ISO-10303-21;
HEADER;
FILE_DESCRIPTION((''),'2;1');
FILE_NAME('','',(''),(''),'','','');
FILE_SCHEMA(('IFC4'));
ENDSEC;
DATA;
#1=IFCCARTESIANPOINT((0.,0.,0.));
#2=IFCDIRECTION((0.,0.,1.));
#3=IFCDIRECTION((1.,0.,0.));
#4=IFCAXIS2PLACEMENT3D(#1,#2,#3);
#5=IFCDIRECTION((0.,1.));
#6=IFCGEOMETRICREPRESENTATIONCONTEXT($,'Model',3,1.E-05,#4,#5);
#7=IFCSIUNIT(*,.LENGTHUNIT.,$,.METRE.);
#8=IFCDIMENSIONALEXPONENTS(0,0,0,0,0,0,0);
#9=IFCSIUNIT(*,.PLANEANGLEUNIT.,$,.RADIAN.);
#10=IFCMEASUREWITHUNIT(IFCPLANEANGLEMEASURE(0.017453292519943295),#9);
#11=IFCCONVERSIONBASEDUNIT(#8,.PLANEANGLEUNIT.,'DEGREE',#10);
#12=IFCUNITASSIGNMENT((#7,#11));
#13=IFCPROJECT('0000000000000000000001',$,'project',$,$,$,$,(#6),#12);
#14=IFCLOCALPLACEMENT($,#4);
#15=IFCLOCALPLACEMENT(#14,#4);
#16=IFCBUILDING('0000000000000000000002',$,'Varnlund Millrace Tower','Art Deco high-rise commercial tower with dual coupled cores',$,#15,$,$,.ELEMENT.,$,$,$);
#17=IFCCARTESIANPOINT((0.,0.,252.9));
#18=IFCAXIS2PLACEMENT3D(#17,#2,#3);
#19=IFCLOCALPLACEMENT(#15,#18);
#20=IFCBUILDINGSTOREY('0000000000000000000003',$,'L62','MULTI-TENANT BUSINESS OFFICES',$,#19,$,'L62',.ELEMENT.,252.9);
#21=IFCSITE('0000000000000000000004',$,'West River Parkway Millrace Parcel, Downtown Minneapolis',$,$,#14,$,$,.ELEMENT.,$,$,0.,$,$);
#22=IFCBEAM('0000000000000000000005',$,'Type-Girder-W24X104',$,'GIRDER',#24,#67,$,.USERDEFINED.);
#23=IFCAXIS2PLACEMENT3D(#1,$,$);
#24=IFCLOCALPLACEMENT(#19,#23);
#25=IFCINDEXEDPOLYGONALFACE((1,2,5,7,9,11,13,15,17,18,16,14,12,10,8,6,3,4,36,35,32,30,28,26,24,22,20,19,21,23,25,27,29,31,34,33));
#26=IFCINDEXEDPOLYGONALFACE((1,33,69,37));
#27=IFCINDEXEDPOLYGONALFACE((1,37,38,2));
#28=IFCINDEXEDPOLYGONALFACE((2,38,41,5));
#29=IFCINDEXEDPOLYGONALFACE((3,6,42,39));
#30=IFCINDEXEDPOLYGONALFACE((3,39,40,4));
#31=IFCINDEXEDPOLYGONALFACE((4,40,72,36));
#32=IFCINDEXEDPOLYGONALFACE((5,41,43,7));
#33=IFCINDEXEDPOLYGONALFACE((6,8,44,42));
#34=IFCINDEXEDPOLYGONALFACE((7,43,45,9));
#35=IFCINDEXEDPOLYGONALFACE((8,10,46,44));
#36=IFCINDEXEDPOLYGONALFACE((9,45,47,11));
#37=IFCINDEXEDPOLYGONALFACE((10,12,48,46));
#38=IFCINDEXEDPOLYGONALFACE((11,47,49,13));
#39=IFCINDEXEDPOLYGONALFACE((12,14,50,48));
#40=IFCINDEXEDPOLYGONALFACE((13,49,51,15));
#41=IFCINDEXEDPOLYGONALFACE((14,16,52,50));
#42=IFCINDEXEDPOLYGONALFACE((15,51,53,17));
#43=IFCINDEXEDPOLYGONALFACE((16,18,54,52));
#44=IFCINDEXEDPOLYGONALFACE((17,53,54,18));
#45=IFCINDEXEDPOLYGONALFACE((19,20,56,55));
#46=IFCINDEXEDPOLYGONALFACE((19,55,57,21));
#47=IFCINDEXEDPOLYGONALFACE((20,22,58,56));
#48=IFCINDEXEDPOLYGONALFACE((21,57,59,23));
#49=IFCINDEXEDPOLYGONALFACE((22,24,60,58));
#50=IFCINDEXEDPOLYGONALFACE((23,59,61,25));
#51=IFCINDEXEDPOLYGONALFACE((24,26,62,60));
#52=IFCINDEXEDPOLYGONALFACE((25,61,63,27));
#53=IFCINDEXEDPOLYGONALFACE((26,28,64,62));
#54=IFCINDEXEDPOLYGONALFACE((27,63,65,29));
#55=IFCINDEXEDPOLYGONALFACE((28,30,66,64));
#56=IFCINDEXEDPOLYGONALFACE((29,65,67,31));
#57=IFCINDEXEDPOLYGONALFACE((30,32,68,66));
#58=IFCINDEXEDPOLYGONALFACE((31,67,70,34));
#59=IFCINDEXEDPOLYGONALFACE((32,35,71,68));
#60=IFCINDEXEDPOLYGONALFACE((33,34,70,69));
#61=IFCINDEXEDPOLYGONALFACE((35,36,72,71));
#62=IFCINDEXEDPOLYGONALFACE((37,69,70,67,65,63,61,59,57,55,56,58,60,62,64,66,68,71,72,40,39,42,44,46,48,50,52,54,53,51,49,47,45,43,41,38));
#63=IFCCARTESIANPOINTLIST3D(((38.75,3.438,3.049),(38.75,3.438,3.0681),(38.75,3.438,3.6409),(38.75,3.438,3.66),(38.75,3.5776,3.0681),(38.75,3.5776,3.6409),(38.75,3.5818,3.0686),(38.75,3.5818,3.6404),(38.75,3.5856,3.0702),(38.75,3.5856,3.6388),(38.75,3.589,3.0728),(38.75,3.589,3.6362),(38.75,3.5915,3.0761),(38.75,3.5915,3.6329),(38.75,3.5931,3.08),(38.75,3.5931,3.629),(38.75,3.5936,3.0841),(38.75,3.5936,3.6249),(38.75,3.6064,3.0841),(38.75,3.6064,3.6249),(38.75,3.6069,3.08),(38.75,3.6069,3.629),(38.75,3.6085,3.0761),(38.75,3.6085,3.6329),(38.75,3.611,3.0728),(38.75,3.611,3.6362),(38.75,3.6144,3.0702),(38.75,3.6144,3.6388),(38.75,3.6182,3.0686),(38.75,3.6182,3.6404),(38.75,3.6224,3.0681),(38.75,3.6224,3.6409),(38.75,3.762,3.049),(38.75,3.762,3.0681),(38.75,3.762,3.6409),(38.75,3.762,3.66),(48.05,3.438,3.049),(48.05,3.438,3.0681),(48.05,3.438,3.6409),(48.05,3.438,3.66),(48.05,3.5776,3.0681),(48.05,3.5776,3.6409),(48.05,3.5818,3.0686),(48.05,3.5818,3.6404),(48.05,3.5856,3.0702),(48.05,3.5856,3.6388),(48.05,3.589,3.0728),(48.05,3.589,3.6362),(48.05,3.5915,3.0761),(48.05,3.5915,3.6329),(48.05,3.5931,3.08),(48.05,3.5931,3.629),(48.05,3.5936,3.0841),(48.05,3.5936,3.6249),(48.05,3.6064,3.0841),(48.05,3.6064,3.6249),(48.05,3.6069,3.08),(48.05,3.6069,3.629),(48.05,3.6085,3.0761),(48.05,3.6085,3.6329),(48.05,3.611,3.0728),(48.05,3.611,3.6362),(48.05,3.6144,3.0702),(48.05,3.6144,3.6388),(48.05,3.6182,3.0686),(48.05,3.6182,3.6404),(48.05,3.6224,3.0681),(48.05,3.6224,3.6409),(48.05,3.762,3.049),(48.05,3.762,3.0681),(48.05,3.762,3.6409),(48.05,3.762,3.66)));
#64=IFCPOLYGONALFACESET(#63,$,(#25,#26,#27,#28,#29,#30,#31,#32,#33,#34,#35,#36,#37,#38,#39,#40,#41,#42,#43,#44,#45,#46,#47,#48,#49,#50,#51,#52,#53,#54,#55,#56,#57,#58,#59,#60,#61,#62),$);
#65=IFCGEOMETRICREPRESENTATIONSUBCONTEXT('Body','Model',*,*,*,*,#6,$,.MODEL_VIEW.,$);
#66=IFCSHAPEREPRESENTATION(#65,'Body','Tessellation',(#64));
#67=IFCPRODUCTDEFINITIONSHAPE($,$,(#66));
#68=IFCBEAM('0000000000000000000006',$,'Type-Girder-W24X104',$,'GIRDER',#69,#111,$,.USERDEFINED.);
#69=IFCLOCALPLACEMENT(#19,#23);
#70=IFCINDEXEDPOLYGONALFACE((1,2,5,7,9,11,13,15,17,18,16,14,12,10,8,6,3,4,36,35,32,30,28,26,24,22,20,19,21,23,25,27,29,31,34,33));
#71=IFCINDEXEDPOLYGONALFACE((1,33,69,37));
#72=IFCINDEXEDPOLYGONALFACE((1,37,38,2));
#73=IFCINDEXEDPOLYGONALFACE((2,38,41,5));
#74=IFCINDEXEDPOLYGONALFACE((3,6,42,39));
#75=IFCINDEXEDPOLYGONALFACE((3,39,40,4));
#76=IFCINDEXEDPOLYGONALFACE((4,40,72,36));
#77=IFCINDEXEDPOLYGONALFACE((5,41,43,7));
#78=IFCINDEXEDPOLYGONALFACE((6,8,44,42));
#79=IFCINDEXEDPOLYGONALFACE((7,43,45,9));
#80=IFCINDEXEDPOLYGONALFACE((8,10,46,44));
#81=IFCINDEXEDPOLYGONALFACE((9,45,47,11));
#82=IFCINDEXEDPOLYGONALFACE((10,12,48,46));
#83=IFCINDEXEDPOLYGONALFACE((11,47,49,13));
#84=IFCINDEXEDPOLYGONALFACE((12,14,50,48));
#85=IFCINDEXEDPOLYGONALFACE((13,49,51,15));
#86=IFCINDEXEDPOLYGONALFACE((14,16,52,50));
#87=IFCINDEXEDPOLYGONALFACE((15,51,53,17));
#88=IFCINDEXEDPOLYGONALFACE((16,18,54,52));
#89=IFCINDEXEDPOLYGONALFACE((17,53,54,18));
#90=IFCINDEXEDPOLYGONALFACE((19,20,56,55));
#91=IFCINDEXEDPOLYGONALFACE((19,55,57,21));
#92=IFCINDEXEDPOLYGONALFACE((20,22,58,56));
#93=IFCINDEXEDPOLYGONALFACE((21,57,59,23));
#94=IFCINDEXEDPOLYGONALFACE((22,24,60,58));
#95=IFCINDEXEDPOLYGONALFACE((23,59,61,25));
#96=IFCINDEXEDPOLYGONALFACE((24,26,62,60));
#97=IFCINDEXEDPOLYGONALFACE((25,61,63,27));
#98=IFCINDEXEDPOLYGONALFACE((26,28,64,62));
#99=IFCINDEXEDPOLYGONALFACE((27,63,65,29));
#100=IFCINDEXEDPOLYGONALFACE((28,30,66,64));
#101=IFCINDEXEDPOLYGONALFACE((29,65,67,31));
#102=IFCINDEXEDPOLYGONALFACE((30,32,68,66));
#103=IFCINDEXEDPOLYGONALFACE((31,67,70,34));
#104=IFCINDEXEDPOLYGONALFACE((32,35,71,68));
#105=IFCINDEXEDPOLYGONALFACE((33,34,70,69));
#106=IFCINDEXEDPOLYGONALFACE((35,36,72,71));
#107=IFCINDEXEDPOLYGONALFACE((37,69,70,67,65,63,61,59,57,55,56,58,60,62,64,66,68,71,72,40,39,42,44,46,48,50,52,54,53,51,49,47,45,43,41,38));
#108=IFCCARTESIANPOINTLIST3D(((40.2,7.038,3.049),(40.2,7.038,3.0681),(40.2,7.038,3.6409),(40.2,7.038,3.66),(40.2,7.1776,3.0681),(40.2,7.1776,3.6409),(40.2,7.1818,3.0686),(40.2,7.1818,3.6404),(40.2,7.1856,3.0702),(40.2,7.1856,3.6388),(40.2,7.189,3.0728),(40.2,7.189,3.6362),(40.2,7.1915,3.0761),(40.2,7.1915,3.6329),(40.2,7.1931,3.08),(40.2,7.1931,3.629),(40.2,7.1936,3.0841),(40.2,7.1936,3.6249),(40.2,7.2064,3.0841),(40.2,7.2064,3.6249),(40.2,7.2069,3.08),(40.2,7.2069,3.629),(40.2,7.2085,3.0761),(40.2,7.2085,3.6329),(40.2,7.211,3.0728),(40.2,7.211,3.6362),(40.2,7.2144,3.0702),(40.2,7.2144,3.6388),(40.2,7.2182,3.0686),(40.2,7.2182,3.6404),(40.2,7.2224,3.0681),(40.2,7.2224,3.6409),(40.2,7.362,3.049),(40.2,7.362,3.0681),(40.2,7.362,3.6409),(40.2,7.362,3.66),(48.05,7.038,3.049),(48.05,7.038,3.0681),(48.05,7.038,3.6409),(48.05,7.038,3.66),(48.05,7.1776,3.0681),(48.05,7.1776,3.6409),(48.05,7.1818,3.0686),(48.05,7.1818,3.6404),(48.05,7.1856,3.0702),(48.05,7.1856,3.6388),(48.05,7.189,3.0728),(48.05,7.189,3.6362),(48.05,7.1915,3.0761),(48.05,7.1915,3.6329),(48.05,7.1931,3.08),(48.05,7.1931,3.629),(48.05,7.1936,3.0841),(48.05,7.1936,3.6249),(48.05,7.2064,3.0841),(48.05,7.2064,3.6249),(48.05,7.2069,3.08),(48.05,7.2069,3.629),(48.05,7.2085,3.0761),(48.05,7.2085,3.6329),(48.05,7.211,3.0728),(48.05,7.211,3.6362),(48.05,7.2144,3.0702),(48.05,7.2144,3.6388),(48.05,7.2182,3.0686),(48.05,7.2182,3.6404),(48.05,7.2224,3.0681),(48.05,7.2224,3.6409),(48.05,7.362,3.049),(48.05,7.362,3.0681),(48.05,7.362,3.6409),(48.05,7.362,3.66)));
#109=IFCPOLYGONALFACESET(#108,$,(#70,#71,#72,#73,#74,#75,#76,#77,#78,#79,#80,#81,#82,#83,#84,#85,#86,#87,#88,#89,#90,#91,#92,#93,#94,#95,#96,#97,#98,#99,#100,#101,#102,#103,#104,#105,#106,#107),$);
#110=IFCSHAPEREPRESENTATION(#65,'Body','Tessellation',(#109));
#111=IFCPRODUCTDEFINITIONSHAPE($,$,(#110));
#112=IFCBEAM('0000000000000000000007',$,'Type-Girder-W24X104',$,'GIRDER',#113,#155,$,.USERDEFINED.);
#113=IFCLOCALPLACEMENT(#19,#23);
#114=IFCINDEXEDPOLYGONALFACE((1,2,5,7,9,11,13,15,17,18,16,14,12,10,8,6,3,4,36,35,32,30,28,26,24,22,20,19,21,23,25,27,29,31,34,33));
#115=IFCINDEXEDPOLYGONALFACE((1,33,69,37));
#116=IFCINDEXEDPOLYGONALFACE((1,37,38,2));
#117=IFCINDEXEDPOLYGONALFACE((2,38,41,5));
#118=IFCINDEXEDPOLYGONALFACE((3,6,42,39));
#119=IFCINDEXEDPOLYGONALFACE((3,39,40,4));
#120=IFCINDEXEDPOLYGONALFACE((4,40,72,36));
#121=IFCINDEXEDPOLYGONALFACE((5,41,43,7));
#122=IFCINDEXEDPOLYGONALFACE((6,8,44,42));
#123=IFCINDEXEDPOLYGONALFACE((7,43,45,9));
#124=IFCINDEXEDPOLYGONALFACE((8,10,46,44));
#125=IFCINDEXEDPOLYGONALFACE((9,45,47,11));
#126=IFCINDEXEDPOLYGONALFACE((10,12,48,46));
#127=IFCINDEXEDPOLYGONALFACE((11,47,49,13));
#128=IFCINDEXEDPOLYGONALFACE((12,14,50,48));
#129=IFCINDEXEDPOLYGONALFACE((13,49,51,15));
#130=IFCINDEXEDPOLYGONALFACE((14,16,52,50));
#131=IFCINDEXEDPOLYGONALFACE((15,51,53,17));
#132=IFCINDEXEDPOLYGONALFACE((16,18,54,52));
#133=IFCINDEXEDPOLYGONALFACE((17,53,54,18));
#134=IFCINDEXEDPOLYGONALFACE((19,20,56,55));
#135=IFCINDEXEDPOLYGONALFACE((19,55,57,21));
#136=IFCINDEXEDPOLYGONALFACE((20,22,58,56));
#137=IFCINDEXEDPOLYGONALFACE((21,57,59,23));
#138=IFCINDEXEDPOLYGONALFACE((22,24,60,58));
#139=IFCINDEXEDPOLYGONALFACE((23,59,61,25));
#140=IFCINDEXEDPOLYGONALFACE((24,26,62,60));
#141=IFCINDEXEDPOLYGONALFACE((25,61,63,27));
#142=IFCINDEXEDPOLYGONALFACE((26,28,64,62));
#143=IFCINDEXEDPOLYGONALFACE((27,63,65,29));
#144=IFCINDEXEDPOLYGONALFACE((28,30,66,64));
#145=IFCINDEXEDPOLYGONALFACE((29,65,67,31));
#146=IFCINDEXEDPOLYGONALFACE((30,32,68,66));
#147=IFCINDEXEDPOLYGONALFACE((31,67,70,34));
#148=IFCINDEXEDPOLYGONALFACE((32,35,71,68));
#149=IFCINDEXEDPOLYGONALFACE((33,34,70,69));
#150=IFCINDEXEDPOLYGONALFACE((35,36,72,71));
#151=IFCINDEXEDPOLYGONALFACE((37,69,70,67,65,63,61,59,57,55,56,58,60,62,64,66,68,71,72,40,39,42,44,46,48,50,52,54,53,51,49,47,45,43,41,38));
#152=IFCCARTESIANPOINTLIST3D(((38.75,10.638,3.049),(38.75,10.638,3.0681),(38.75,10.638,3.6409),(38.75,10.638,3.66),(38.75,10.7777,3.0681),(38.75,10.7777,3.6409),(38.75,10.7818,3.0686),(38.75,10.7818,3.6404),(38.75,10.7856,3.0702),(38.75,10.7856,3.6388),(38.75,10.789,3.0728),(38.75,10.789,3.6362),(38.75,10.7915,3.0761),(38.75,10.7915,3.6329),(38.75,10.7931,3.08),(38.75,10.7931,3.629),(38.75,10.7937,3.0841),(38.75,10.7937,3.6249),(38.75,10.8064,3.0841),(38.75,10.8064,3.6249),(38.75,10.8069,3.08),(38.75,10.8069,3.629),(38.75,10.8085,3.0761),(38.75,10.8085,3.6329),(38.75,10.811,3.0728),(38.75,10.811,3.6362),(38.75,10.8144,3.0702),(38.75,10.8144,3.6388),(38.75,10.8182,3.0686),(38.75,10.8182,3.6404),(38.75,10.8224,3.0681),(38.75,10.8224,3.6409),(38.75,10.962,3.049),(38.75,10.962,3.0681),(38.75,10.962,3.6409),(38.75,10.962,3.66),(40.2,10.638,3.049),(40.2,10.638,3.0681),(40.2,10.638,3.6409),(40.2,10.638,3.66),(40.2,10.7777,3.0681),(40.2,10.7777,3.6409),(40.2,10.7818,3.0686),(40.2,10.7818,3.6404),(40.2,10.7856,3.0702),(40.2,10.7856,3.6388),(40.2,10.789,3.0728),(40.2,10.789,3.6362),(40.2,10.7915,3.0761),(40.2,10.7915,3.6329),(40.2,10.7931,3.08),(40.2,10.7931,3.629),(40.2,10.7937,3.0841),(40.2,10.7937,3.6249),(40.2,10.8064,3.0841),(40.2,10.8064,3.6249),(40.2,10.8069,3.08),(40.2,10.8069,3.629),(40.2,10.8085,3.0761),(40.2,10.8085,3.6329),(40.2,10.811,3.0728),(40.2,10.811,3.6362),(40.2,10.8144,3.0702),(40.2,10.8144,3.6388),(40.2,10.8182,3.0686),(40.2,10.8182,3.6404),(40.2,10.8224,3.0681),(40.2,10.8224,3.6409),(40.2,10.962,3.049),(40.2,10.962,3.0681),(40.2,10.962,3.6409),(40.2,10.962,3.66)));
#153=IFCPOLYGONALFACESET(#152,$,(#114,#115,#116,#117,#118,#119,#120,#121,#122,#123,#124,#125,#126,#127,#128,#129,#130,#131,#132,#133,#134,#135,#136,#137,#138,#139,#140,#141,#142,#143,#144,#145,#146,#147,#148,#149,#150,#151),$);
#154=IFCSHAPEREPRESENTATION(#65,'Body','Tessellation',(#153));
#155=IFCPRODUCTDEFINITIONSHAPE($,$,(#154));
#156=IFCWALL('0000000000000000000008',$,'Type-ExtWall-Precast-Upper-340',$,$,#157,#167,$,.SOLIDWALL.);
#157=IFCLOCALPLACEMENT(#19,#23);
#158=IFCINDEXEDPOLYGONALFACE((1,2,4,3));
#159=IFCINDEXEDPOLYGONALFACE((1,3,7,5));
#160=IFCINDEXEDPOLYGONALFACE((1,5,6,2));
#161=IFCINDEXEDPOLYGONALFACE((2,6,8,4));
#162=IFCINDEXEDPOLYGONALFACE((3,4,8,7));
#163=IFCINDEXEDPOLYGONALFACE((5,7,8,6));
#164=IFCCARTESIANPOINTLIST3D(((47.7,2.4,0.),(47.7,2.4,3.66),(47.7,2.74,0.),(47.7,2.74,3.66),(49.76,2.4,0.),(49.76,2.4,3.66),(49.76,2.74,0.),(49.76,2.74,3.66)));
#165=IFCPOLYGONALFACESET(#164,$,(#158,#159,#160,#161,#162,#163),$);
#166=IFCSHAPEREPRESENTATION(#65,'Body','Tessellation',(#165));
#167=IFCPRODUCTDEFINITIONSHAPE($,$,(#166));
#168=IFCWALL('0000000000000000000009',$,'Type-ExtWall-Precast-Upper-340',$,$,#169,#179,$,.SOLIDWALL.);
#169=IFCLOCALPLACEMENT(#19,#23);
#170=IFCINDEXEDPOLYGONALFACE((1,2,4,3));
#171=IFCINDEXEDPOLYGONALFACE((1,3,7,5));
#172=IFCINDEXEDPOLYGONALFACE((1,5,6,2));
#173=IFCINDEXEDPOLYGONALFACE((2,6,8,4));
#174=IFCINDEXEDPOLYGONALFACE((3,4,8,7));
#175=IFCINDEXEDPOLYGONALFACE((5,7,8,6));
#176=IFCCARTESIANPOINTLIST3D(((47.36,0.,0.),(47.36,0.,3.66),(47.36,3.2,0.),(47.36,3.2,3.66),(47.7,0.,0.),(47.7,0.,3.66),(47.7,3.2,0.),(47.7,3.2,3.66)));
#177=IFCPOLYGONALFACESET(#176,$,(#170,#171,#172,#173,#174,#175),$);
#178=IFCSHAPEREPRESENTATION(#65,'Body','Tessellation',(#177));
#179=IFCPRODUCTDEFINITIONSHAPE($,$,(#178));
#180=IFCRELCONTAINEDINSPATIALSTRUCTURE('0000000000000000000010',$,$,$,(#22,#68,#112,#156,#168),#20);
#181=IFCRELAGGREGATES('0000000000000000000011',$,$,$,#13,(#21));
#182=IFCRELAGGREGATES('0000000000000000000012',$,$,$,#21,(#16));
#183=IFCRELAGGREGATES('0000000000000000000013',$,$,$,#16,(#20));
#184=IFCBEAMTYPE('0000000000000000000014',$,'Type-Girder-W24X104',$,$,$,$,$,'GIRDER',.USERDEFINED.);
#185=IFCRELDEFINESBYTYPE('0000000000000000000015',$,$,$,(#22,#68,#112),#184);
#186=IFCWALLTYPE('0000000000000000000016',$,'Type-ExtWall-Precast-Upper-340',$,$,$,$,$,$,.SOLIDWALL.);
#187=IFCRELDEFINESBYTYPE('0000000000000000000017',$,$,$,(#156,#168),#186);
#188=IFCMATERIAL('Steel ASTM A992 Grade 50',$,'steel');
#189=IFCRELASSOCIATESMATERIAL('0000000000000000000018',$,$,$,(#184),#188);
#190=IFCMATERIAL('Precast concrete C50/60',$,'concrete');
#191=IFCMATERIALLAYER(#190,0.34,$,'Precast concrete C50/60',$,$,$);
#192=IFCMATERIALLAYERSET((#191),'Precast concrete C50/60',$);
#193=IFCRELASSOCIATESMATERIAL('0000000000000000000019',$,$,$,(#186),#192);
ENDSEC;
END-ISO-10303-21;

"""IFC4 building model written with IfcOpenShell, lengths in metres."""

from ifc_helpers import new_model, entity, si_unit, converted_unit, direction, frame, origin_with_axes, origin_2d_with_axis, place, context, subcontext, project, spatial, polyline, i_section, outline, extrude, material, layer, layer_set, material_profile, profile_set, type_object, element, save


model = new_model("IFC4")

# Units and contexts
model_context = context("Model", 3, precision=1e-05, world=origin_with_axes(), true_north=direction((0.0, 1.0)))
body_context = subcontext(model_context, "Body", "Model", "MODEL_VIEW")
ifc_project = project(units=[si_unit("LENGTHUNIT", "METRE"), converted_unit("PLANEANGLEUNIT", "DEGREE", entity("IfcPlaneAngleMeasure", 0.017453292519943295), si_unit("PLANEANGLEUNIT", "RADIAN"), dimensions=[0, 0, 0, 0, 0, 0, 0])], contexts=[model_context])

# Site, building, storey
site_placement = place(None, origin_with_axes())
site = spatial("IfcSite", under=ifc_project, at=site_placement, Name="West River Parkway Millrace Parcel, Downtown Minneapolis", CompositionType="ELEMENT", RefElevation=0.0)
building_placement = place(site_placement, origin_with_axes())
building = spatial("IfcBuilding", under=site, at=building_placement, Name="Varnlund Millrace Tower", Description="Art Deco high-rise commercial tower with dual coupled cores", CompositionType="ELEMENT")
storey_placement = place(building_placement, frame((0.0, 0.0, 252.9), z_axis=(0.0, 0.0, 1.0), x_axis=(1.0, 0.0, 0.0)))
storey = spatial("IfcBuildingStorey", under=building, at=storey_placement, Name="L62", Description="MULTI-TENANT BUSINESS OFFICES", LongName="L62", CompositionType="ELEMENT", Elevation=252.9)

# Beams
ifc_material_1 = material(Name="Steel ASTM A992 Grade 50", Category="steel")
ifc_material_profile_1 = material_profile(ifc_material_1, i_section(OverallWidth=0.324, OverallDepth=0.611, WebThickness=0.0127, FlangeThickness=0.0191, FilletRadius=0.016, at=origin_2d_with_axis()), Name="Steel ASTM A992 Grade 50")
ifc_profile_set_1 = profile_set([ifc_material_profile_1], Name="Steel ASTM A992 Grade 50")
beam_type_1 = type_object("IfcBeamType", Name="Type-Girder-W24X104", ElementType="GIRDER", PredefinedType="USERDEFINED", material=ifc_profile_set_1)
beam_1_placement = place(storey_placement, frame((38.75, 3.6, 3.3545), z_axis=(1.0, 0.0, 0.0), x_axis=(0.0, 1.0, 0.0)))
element("IfcBeam", 1, at=beam_1_placement, inside=storey, type_object=beam_type_1, Name="Type-Girder-W24X104", ObjectType="GIRDER", PredefinedType="USERDEFINED", context=body_context, shape_type="SweptSolid", body=[
    extrude(i_section(OverallWidth=0.324, OverallDepth=0.611, WebThickness=0.0127, FlangeThickness=0.0191, FilletRadius=0.016, at=origin_2d_with_axis()), origin_with_axes(), (0.0, 0.0, 1.0), 9.3),
])
beam_2_placement = place(storey_placement, frame((40.2, 7.2, 3.3545), z_axis=(1.0, 0.0, 0.0), x_axis=(0.0, 1.0, 0.0)))
element("IfcBeam", 2, at=beam_2_placement, inside=storey, type_object=beam_type_1, Name="Type-Girder-W24X104", ObjectType="GIRDER", PredefinedType="USERDEFINED", context=body_context, shape_type="SweptSolid", body=[
    extrude(i_section(OverallWidth=0.324, OverallDepth=0.611, WebThickness=0.0127, FlangeThickness=0.0191, FilletRadius=0.016, at=origin_2d_with_axis()), origin_with_axes(), (0.0, 0.0, 1.0), 7.85),
])
beam_3_placement = place(storey_placement, frame((38.75, 10.8, 3.3545), z_axis=(1.0, 0.0, 0.0), x_axis=(0.0, 1.0, 0.0)))
element("IfcBeam", 3, at=beam_3_placement, inside=storey, type_object=beam_type_1, Name="Type-Girder-W24X104", ObjectType="GIRDER", PredefinedType="USERDEFINED", context=body_context, shape_type="SweptSolid", body=[
    extrude(i_section(OverallWidth=0.324, OverallDepth=0.611, WebThickness=0.0127, FlangeThickness=0.0191, FilletRadius=0.016, at=origin_2d_with_axis()), origin_with_axes(), (0.0, 0.0, 1.0), 1.45),
])

# Walls
ifc_material_2 = material(Name="Precast concrete C50/60", Category="concrete")
ifc_layer_1 = layer(ifc_material_2, 0.34, Name="Precast concrete C50/60")
ifc_layer_set_1 = layer_set([ifc_layer_1], Name="Precast concrete C50/60")
wall_type_1 = type_object("IfcWallType", Name="Type-ExtWall-Precast-Upper-340", PredefinedType="SOLIDWALL", material=ifc_layer_set_1)
wall_1_placement = place(storey_placement, frame((49.76, 2.57, 0.0), z_axis=(0.0, 0.0, 1.0), x_axis=(-1.0, 0.0, 0.0)))
element("IfcWall", 4, at=wall_1_placement, inside=storey, type_object=wall_type_1, Name="Type-ExtWall-Precast-Upper-340", PredefinedType="SOLIDWALL", context=body_context, shape_type="SweptSolid", body=[
    extrude(outline(polyline([(0.0, -0.17), (2.06, -0.17), (2.06, 0.17), (0.0, 0.17), (0.0, -0.17)])), origin_with_axes(), (0.0, 0.0, 1.0), 3.66),
])
wall_2_placement = place(storey_placement, frame((47.53, 3.2, 0.0), z_axis=(0.0, 0.0, 1.0), x_axis=(0.0, -1.0, 0.0)))
element("IfcWall", 5, at=wall_2_placement, inside=storey, type_object=wall_type_1, Name="Type-ExtWall-Precast-Upper-340", PredefinedType="SOLIDWALL", context=body_context, shape_type="SweptSolid", body=[
    extrude(outline(polyline([(0.0, -0.17), (3.2, -0.17), (3.2, 0.17), (0.0, 0.17), (0.0, -0.17)])), origin_with_axes(), (0.0, 0.0, 1.0), 3.66),
])

save(model, "model.ifc")
